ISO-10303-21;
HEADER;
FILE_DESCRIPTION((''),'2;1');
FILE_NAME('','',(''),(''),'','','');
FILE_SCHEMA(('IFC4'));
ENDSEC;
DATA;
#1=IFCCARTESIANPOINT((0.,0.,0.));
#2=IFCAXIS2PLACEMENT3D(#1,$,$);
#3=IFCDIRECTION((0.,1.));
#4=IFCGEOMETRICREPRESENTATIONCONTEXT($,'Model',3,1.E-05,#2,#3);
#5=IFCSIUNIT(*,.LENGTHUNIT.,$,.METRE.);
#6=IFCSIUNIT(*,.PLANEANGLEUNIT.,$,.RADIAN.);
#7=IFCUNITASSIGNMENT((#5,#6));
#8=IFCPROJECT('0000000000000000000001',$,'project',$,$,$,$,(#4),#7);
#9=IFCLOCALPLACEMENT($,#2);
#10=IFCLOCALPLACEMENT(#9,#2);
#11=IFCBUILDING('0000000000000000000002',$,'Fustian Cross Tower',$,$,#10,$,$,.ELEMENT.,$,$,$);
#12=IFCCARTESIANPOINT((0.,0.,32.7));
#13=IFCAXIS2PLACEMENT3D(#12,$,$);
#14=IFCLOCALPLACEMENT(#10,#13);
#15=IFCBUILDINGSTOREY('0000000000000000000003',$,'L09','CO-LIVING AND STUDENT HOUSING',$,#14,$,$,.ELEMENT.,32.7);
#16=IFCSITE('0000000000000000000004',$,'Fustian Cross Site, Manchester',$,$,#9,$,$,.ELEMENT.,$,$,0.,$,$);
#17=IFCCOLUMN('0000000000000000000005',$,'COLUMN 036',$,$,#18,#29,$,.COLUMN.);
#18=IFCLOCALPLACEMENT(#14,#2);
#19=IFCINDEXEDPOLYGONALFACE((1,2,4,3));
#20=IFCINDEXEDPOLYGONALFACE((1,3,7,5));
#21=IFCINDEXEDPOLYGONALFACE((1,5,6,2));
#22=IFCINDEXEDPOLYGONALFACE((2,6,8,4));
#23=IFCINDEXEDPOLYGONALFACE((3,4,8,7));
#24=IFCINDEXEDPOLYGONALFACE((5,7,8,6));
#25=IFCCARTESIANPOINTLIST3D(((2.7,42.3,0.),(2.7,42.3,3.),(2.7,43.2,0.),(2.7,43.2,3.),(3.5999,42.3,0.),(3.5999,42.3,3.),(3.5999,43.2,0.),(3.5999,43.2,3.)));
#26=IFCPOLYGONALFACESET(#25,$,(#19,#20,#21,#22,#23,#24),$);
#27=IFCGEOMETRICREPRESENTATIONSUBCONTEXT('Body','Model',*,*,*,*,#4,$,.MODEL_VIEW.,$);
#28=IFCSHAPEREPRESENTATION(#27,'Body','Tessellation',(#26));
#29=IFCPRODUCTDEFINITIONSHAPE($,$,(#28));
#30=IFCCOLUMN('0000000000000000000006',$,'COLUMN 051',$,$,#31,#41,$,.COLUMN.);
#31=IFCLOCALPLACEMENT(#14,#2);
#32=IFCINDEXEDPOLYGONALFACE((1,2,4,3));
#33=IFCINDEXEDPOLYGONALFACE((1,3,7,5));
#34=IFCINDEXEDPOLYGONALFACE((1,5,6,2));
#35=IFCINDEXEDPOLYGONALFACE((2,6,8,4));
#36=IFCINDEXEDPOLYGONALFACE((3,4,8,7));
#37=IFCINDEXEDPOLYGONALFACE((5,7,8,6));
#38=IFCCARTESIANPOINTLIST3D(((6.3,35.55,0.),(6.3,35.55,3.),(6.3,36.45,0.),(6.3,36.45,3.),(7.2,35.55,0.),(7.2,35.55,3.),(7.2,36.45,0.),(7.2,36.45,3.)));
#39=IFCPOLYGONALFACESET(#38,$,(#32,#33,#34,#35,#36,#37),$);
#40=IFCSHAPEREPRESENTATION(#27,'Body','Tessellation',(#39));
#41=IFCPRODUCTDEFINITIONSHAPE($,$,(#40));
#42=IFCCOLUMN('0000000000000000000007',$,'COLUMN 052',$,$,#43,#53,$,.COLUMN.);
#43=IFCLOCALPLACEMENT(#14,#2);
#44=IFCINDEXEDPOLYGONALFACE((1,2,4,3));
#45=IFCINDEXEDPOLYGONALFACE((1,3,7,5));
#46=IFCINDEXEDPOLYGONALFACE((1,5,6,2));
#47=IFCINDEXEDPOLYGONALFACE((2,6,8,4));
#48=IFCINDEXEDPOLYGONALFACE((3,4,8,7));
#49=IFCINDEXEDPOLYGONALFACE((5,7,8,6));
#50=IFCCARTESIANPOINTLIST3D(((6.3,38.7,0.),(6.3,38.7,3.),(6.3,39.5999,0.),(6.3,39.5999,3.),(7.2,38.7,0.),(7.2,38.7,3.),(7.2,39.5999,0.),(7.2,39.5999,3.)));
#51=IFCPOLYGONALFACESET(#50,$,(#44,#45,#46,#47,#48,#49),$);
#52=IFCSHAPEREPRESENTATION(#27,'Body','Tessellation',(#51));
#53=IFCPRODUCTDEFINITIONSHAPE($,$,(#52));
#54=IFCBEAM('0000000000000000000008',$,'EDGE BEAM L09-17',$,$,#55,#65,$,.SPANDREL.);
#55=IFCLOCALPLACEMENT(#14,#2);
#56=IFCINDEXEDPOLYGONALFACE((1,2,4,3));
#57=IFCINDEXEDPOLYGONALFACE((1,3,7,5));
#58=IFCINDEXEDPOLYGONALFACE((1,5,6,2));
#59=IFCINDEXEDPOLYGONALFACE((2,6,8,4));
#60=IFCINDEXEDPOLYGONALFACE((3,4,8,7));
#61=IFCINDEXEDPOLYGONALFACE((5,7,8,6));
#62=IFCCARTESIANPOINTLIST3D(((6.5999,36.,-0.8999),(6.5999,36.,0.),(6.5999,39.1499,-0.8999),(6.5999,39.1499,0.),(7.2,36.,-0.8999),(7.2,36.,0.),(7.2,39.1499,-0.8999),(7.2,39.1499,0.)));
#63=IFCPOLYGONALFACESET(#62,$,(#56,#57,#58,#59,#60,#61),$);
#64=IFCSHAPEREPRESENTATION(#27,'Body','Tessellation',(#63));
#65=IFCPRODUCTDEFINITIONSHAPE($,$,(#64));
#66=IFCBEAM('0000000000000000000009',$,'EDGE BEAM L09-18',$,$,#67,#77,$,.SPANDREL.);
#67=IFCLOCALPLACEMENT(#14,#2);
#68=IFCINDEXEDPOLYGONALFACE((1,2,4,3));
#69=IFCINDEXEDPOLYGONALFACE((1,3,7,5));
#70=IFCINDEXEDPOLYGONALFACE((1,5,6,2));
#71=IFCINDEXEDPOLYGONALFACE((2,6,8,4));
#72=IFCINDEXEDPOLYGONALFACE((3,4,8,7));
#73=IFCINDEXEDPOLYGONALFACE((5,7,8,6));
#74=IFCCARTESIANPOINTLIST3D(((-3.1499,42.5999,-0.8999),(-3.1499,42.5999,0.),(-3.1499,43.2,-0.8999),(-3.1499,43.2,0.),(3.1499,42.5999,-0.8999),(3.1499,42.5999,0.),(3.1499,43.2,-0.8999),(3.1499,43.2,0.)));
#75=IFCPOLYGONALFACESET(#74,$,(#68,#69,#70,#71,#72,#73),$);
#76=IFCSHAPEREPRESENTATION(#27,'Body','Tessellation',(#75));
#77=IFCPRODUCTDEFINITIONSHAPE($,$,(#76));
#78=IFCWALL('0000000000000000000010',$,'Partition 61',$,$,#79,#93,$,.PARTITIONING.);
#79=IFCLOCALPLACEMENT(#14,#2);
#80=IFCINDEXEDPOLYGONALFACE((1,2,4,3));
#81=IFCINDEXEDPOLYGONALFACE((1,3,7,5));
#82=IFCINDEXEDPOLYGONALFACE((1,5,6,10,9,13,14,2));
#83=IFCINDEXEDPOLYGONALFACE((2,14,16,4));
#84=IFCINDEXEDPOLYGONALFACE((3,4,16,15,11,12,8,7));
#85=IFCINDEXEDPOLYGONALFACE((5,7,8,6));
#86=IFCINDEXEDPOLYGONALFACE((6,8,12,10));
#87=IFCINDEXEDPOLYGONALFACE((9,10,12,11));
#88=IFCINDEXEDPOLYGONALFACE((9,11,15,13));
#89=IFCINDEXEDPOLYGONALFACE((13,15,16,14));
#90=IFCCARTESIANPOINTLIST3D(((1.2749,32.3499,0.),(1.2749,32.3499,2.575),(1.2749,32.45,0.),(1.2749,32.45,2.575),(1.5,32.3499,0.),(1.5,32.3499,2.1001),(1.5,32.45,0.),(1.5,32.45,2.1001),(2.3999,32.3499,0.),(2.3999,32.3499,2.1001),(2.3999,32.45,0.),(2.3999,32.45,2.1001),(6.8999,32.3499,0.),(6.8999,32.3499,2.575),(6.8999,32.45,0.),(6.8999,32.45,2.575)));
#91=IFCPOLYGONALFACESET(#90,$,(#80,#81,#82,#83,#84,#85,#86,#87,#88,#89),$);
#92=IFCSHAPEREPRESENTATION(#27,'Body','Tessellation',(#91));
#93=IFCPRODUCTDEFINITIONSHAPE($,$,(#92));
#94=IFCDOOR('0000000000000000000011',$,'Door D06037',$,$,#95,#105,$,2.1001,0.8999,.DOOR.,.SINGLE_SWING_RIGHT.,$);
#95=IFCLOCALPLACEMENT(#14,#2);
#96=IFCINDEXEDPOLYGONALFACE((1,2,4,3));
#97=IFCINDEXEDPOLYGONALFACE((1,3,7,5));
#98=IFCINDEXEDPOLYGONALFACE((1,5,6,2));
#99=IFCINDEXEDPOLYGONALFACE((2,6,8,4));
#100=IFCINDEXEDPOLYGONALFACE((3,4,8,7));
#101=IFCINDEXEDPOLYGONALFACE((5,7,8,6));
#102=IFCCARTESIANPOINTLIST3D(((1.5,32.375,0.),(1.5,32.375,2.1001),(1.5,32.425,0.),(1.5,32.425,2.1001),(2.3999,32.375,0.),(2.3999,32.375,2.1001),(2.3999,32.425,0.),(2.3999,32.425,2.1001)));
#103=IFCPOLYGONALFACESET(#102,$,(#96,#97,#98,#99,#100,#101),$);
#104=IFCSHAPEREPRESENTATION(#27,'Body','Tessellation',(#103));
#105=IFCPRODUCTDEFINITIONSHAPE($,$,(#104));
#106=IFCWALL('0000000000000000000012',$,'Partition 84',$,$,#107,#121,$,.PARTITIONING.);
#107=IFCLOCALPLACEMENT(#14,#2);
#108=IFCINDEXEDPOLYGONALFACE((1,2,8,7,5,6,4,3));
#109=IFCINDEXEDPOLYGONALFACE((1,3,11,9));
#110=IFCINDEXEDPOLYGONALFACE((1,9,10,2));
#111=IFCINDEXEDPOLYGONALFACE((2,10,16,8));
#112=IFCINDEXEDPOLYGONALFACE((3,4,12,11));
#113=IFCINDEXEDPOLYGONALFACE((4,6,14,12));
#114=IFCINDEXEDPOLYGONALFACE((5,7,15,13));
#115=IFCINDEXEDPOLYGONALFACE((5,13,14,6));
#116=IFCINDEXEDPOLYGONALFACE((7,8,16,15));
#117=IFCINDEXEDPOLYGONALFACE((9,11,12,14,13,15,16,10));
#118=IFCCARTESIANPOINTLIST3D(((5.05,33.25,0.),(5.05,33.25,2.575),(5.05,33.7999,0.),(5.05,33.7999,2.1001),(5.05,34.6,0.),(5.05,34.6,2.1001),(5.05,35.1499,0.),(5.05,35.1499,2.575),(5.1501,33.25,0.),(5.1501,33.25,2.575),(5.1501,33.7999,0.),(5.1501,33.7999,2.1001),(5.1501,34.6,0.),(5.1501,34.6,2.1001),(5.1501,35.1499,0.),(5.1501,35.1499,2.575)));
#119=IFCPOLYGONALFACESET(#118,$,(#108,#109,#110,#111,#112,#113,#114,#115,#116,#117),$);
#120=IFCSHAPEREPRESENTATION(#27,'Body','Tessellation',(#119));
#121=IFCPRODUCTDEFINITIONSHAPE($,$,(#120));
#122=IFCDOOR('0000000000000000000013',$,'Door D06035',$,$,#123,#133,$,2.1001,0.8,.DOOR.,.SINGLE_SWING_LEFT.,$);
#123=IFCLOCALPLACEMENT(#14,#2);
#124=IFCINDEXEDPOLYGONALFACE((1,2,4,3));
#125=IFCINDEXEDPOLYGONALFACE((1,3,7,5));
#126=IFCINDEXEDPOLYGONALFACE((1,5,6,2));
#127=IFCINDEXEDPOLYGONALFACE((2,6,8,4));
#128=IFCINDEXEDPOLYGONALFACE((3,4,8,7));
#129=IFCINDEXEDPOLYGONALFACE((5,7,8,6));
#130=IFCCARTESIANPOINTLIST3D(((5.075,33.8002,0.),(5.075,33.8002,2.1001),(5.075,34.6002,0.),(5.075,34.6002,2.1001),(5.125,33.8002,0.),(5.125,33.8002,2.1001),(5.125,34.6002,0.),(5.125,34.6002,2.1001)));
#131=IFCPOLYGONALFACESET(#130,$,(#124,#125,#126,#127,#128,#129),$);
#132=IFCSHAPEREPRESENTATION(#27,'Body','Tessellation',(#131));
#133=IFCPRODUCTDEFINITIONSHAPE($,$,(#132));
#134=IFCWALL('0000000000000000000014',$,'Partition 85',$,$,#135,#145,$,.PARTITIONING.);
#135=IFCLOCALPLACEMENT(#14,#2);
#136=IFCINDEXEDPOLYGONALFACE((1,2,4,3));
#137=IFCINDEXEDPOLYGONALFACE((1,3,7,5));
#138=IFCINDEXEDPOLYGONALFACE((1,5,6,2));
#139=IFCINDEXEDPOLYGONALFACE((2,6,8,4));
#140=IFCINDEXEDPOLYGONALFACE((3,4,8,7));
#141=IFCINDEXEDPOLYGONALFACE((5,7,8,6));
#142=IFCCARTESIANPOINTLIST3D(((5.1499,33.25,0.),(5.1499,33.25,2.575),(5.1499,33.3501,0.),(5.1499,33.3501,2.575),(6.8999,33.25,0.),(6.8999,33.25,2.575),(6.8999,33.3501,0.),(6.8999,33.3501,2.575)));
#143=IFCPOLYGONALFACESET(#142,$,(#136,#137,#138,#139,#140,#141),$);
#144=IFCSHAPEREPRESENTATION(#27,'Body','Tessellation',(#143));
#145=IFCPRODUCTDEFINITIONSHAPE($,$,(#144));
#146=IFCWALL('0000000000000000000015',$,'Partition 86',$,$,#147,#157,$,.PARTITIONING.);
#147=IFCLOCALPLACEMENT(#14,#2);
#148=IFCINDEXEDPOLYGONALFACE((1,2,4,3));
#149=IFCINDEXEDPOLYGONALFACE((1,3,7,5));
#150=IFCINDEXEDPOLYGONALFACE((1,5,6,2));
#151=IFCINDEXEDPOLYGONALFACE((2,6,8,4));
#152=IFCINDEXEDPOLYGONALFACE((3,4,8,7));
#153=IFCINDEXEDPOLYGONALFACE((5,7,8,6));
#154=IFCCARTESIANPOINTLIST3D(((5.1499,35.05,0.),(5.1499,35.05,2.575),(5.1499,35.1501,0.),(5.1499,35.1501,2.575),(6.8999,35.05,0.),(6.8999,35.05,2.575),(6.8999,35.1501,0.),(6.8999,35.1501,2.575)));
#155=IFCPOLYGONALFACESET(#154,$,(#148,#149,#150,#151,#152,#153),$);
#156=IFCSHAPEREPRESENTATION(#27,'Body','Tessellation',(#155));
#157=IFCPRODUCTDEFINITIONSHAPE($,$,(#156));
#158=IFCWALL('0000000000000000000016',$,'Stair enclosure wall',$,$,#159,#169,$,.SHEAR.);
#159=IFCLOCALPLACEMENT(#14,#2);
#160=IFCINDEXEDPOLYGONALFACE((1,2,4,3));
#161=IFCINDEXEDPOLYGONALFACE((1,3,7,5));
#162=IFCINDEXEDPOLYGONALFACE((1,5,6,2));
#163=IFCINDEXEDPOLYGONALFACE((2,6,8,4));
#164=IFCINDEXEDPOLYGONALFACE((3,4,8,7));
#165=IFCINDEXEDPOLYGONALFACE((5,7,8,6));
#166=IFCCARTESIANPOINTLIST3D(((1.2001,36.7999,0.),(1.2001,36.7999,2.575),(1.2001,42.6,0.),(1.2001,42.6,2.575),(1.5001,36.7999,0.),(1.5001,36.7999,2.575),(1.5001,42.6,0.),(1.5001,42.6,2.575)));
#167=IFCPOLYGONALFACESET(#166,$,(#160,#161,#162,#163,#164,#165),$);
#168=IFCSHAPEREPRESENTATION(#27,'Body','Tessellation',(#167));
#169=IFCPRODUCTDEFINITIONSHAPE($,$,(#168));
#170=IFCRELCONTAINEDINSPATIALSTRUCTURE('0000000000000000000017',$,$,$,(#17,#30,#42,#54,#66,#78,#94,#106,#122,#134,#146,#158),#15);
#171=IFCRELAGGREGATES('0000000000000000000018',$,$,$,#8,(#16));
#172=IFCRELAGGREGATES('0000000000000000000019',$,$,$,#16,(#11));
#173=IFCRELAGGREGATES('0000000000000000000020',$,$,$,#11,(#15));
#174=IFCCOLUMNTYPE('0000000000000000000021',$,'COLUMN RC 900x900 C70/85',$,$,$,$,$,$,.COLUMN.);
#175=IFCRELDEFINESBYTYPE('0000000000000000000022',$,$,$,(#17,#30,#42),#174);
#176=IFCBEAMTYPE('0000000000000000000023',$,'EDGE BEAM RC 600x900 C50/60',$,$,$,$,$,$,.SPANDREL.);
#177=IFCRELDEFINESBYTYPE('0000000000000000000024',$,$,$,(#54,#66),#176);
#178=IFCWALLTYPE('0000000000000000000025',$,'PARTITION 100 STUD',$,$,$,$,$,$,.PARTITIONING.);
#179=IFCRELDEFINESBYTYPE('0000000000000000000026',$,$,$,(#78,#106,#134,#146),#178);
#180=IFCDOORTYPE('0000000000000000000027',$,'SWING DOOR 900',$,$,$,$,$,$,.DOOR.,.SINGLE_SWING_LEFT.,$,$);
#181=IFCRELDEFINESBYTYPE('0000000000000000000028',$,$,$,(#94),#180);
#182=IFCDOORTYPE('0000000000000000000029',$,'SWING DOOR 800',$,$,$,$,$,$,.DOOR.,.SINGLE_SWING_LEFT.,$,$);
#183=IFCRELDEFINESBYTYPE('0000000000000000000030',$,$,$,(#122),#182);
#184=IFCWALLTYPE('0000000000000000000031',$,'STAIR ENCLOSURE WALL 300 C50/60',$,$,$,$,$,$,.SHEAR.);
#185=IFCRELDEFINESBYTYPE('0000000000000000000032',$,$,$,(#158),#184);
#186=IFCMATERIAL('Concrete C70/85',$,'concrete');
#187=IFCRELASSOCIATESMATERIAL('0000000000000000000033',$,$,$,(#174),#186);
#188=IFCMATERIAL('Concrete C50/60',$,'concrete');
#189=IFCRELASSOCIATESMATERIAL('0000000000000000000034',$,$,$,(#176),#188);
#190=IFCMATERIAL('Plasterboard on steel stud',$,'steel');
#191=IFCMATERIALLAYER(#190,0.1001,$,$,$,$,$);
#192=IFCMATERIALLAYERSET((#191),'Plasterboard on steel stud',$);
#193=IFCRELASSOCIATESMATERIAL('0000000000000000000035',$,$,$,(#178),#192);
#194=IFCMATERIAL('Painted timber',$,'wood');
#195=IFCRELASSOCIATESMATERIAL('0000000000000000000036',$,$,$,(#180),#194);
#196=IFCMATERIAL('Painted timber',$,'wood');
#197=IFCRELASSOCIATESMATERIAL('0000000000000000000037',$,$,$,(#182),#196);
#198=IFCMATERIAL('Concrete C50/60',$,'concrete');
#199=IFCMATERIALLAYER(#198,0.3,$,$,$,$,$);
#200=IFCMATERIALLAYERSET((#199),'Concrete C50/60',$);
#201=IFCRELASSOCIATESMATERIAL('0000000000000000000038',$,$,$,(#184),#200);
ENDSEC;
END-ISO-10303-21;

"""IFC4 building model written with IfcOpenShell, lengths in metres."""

from ifc_helpers import new_model, si_unit, direction, frame, frame_2d, origin, origin_2d, place, context, subcontext, project, spatial, rectangle, extrude, material, layer, layer_set, material_profile, profile_set, type_object, element, fill, save


model = new_model("IFC4")

# Units and contexts
model_context = context("Model", 3, precision=1e-05, world=origin(), true_north=direction((0.0, 1.0)))
body_context = subcontext(model_context, "Body", "Model", "MODEL_VIEW")
ifc_project = project(units=[si_unit("LENGTHUNIT", "METRE"), si_unit("PLANEANGLEUNIT", "RADIAN")], contexts=[model_context])

# Site, building, storey
site_placement = place(None, origin())
site = spatial("IfcSite", under=ifc_project, at=site_placement, Name="Fustian Cross Site, Manchester", CompositionType="ELEMENT", RefElevation=0.0)
building_placement = place(site_placement, origin())
building = spatial("IfcBuilding", under=site, at=building_placement, Name="Fustian Cross Tower", CompositionType="ELEMENT")
storey_placement = place(building_placement, frame((0.0, 0.0, 32.7)))
storey = spatial("IfcBuildingStorey", under=building, at=storey_placement, Name="L09", Description="CO-LIVING AND STUDENT HOUSING", CompositionType="ELEMENT", Elevation=32.7)

# Columns
ifc_material_1 = material(Name="Concrete C70/85", Category="concrete")
ifc_material_profile_1 = material_profile(ifc_material_1, rectangle(XDim=0.8999, YDim=0.8999, at=origin_2d()), Name="RC 900x900")
ifc_profile_set_1 = profile_set([ifc_material_profile_1], Name="Concrete C70/85")
column_type = type_object("IfcColumnType", Name="COLUMN RC 900x900 C70/85", PredefinedType="COLUMN", material=ifc_profile_set_1)
for number, where, z_axis, x_axis, name in (
    (1, (3.1499, 42.75, 0.0), (0.0, 0.0, 1.0), (1.0, 0.0, 0.0), "COLUMN 036"),
    (2, (6.75, 36.0, 0.0), (0.0, 0.0, 1.0), (1.0, 0.0, 0.0), "COLUMN 051"),
    (3, (6.75, 39.1499, 0.0), (0.0, 0.0, 1.0), (1.0, 0.0, 0.0), "COLUMN 052"),
):
    element("IfcColumn", number, at=place(storey_placement, frame(where, z_axis=z_axis, x_axis=x_axis)), inside=storey, type_object=column_type, Name=name, PredefinedType="COLUMN", context=body_context, shape_type="SweptSolid", body=[
        extrude(rectangle(XDim=0.8999, YDim=0.8999, at=origin_2d()), origin(), (0.0, 0.0, 1.0), 3.0),
    ])

# Beams
ifc_material_2 = material(Name="Concrete C50/60", Category="concrete")
ifc_material_profile_2 = material_profile(ifc_material_2, rectangle(XDim=0.6001, YDim=0.8999, at=origin_2d()), Name="RC 600x900")
ifc_profile_set_2 = profile_set([ifc_material_profile_2], Name="Concrete C50/60")
beam_type = type_object("IfcBeamType", Name="EDGE BEAM RC 600x900 C50/60", PredefinedType="SPANDREL", material=ifc_profile_set_2)
beam_1_placement = place(storey_placement, frame((6.8999, 36.0, -0.45), z_axis=(0.0, 1.0, 0.0), x_axis=(-1.0, 0.0, 0.0)))
element("IfcBeam", 4, at=beam_1_placement, inside=storey, type_object=beam_type, Name="EDGE BEAM L09-17", PredefinedType="SPANDREL", context=body_context, shape_type="SweptSolid", body=[
    extrude(rectangle(XDim=0.6001, YDim=0.8999, at=origin_2d()), origin(), (0.0, 0.0, 1.0), 3.1499),
])
beam_2_placement = place(storey_placement, frame((3.1499, 42.8999, -0.45), z_axis=(-1.0, 0.0, 0.0), x_axis=(0.0, -1.0, 0.0)))
element("IfcBeam", 5, at=beam_2_placement, inside=storey, type_object=beam_type, Name="EDGE BEAM L09-18", PredefinedType="SPANDREL", context=body_context, shape_type="SweptSolid", body=[
    extrude(rectangle(XDim=0.6001, YDim=0.8999, at=origin_2d()), origin(), (0.0, 0.0, 1.0), 6.2998),
])

# Walls, openings, doors
ifc_material_3 = material(Name="Plasterboard on steel stud", Category="steel")
ifc_layer_1 = layer(ifc_material_3, 0.1001)
ifc_layer_set_1 = layer_set([ifc_layer_1], Name="Plasterboard on steel stud")
wall_type_1 = type_object("IfcWallType", Name="PARTITION 100 STUD", PredefinedType="PARTITIONING", material=ifc_layer_set_1)
wall_1_placement = place(storey_placement, frame((1.2749, 32.3999, 0.0), z_axis=(0.0, 0.0, 1.0), x_axis=(1.0, 0.0, 0.0)))
wall_1 = element("IfcWall", 6, at=wall_1_placement, inside=storey, type_object=wall_type_1, Name="Partition 61", PredefinedType="PARTITIONING", context=body_context, shape_type="SweptSolid", body=[
    extrude(rectangle(XDim=5.625, YDim=0.1001, at=frame_2d((2.8125, 0.0))), origin(), (0.0, 0.0, 1.0), 2.575),
])
opening_1_placement = place(wall_1_placement, frame((0.2251, 0.0, 0.0)))
opening_1 = element("IfcOpeningElement", 7, at=opening_1_placement, cuts=wall_1, PredefinedType="OPENING", context=body_context, shape_type="SweptSolid", body=[
    extrude(rectangle(XDim=0.8999, YDim=2.1001, at=frame_2d((0.45, 1.05))), frame((0.0, 0.0601, 0.0), z_axis=(0.0, -1.0, 0.0), x_axis=(1.0, 0.0, 0.0)), (0.0, 0.0, 1.0), 0.1201),
])
ifc_material_4 = material(Name="Painted timber", Category="wood")
door_type_1 = type_object("IfcDoorType", Name="SWING DOOR 900", OperationType="SINGLE_SWING_LEFT", PredefinedType="DOOR", material=ifc_material_4)
door_1_placement = place(opening_1_placement, frame((0.8999, 0.0, 0.0), z_axis=(0.0, 0.0, 1.0), x_axis=(-1.0, 0.0, 0.0)))
door_1 = element("IfcDoor", 8, at=door_1_placement, inside=storey, type_object=door_type_1, Name="Door D06037", OperationType="SINGLE_SWING_RIGHT", OverallHeight=2.1001, OverallWidth=0.8999, PredefinedType="DOOR", context=body_context, shape_type="SweptSolid", body=[
    extrude(rectangle(XDim=0.8999, YDim=2.1001, at=frame_2d((0.45, 1.05))), frame((0.0, 0.0249, 0.0), z_axis=(0.0, -1.0, 0.0), x_axis=(1.0, 0.0, 0.0)), (0.0, 0.0, 1.0), 0.05),
])
fill(opening_1, door_1)
wall_2_placement = place(storey_placement, frame((5.1001, 33.25, 0.0), z_axis=(0.0, 0.0, 1.0), x_axis=(0.0, 1.0, 0.0)))
wall_2 = element("IfcWall", 9, at=wall_2_placement, inside=storey, type_object=wall_type_1, Name="Partition 84", PredefinedType="PARTITIONING", context=body_context, shape_type="SweptSolid", body=[
    extrude(rectangle(XDim=1.8999, YDim=0.1001, at=frame_2d((0.95, 0.0))), origin(), (0.0, 0.0, 1.0), 2.575),
])
opening_2_placement = place(wall_2_placement, frame((0.55, 0.0, 0.0)))
opening_2 = element("IfcOpeningElement", 10, at=opening_2_placement, cuts=wall_2, PredefinedType="OPENING", context=body_context, shape_type="SweptSolid", body=[
    extrude(rectangle(XDim=0.8, YDim=2.1001, at=frame_2d((0.3999, 1.05))), frame((0.0, 0.0601, 0.0), z_axis=(0.0, -1.0, 0.0), x_axis=(1.0, 0.0, 0.0)), (0.0, 0.0, 1.0), 0.1201),
])
ifc_material_5 = material(Name="Painted timber", Category="wood")
door_type_2 = type_object("IfcDoorType", Name="SWING DOOR 800", OperationType="SINGLE_SWING_LEFT", PredefinedType="DOOR", material=ifc_material_5)
door_2_placement = place(opening_2_placement, frame((0.8, 0.0, 0.0), z_axis=(0.0, 0.0, 1.0), x_axis=(-1.0, 0.0, 0.0)))
door_2 = element("IfcDoor", 11, at=door_2_placement, inside=storey, type_object=door_type_2, Name="Door D06035", OperationType="SINGLE_SWING_LEFT", OverallHeight=2.1001, OverallWidth=0.8, PredefinedType="DOOR", context=body_context, shape_type="SweptSolid", body=[
    extrude(rectangle(XDim=0.8, YDim=2.1001, at=frame_2d((0.3999, 1.05))), frame((0.0, 0.0249, 0.0), z_axis=(0.0, -1.0, 0.0), x_axis=(1.0, 0.0, 0.0)), (0.0, 0.0, 1.0), 0.05),
])
fill(opening_2, door_2)

# Walls
for number, where, z_axis, x_axis, name in (
    (12, (5.1499, 33.3, 0.0), (0.0, 0.0, 1.0), (1.0, 0.0, 0.0), "Partition 85"),
    (13, (5.1499, 35.1001, 0.0), (0.0, 0.0, 1.0), (1.0, 0.0, 0.0), "Partition 86"),
):
    element("IfcWall", number, at=place(storey_placement, frame(where, z_axis=z_axis, x_axis=x_axis)), inside=storey, type_object=wall_type_1, Name=name, PredefinedType="PARTITIONING", context=body_context, shape_type="SweptSolid", body=[
        extrude(rectangle(XDim=1.75, YDim=0.1001, at=frame_2d((0.875, 0.0))), origin(), (0.0, 0.0, 1.0), 2.575),
    ])
ifc_material_6 = material(Name="Concrete C50/60", Category="concrete")
ifc_layer_2 = layer(ifc_material_6, 0.3)
ifc_layer_set_2 = layer_set([ifc_layer_2], Name="Concrete C50/60")
wall_type_2 = type_object("IfcWallType", Name="STAIR ENCLOSURE WALL 300 C50/60", PredefinedType="SHEAR", material=ifc_layer_set_2)
wall_3_placement = place(storey_placement, frame((1.3501, 36.8, 0.0), z_axis=(0.0, 0.0, 1.0), x_axis=(0.0, 1.0, 0.0)))
element("IfcWall", 14, at=wall_3_placement, inside=storey, type_object=wall_type_2, Name="Stair enclosure wall", PredefinedType="SHEAR", context=body_context, shape_type="SweptSolid", body=[
    extrude(rectangle(XDim=5.8, YDim=0.3, at=frame_2d((2.8999, 0.0))), origin(), (0.0, 0.0, 1.0), 2.575),
])

save(model, "model.ifc")
